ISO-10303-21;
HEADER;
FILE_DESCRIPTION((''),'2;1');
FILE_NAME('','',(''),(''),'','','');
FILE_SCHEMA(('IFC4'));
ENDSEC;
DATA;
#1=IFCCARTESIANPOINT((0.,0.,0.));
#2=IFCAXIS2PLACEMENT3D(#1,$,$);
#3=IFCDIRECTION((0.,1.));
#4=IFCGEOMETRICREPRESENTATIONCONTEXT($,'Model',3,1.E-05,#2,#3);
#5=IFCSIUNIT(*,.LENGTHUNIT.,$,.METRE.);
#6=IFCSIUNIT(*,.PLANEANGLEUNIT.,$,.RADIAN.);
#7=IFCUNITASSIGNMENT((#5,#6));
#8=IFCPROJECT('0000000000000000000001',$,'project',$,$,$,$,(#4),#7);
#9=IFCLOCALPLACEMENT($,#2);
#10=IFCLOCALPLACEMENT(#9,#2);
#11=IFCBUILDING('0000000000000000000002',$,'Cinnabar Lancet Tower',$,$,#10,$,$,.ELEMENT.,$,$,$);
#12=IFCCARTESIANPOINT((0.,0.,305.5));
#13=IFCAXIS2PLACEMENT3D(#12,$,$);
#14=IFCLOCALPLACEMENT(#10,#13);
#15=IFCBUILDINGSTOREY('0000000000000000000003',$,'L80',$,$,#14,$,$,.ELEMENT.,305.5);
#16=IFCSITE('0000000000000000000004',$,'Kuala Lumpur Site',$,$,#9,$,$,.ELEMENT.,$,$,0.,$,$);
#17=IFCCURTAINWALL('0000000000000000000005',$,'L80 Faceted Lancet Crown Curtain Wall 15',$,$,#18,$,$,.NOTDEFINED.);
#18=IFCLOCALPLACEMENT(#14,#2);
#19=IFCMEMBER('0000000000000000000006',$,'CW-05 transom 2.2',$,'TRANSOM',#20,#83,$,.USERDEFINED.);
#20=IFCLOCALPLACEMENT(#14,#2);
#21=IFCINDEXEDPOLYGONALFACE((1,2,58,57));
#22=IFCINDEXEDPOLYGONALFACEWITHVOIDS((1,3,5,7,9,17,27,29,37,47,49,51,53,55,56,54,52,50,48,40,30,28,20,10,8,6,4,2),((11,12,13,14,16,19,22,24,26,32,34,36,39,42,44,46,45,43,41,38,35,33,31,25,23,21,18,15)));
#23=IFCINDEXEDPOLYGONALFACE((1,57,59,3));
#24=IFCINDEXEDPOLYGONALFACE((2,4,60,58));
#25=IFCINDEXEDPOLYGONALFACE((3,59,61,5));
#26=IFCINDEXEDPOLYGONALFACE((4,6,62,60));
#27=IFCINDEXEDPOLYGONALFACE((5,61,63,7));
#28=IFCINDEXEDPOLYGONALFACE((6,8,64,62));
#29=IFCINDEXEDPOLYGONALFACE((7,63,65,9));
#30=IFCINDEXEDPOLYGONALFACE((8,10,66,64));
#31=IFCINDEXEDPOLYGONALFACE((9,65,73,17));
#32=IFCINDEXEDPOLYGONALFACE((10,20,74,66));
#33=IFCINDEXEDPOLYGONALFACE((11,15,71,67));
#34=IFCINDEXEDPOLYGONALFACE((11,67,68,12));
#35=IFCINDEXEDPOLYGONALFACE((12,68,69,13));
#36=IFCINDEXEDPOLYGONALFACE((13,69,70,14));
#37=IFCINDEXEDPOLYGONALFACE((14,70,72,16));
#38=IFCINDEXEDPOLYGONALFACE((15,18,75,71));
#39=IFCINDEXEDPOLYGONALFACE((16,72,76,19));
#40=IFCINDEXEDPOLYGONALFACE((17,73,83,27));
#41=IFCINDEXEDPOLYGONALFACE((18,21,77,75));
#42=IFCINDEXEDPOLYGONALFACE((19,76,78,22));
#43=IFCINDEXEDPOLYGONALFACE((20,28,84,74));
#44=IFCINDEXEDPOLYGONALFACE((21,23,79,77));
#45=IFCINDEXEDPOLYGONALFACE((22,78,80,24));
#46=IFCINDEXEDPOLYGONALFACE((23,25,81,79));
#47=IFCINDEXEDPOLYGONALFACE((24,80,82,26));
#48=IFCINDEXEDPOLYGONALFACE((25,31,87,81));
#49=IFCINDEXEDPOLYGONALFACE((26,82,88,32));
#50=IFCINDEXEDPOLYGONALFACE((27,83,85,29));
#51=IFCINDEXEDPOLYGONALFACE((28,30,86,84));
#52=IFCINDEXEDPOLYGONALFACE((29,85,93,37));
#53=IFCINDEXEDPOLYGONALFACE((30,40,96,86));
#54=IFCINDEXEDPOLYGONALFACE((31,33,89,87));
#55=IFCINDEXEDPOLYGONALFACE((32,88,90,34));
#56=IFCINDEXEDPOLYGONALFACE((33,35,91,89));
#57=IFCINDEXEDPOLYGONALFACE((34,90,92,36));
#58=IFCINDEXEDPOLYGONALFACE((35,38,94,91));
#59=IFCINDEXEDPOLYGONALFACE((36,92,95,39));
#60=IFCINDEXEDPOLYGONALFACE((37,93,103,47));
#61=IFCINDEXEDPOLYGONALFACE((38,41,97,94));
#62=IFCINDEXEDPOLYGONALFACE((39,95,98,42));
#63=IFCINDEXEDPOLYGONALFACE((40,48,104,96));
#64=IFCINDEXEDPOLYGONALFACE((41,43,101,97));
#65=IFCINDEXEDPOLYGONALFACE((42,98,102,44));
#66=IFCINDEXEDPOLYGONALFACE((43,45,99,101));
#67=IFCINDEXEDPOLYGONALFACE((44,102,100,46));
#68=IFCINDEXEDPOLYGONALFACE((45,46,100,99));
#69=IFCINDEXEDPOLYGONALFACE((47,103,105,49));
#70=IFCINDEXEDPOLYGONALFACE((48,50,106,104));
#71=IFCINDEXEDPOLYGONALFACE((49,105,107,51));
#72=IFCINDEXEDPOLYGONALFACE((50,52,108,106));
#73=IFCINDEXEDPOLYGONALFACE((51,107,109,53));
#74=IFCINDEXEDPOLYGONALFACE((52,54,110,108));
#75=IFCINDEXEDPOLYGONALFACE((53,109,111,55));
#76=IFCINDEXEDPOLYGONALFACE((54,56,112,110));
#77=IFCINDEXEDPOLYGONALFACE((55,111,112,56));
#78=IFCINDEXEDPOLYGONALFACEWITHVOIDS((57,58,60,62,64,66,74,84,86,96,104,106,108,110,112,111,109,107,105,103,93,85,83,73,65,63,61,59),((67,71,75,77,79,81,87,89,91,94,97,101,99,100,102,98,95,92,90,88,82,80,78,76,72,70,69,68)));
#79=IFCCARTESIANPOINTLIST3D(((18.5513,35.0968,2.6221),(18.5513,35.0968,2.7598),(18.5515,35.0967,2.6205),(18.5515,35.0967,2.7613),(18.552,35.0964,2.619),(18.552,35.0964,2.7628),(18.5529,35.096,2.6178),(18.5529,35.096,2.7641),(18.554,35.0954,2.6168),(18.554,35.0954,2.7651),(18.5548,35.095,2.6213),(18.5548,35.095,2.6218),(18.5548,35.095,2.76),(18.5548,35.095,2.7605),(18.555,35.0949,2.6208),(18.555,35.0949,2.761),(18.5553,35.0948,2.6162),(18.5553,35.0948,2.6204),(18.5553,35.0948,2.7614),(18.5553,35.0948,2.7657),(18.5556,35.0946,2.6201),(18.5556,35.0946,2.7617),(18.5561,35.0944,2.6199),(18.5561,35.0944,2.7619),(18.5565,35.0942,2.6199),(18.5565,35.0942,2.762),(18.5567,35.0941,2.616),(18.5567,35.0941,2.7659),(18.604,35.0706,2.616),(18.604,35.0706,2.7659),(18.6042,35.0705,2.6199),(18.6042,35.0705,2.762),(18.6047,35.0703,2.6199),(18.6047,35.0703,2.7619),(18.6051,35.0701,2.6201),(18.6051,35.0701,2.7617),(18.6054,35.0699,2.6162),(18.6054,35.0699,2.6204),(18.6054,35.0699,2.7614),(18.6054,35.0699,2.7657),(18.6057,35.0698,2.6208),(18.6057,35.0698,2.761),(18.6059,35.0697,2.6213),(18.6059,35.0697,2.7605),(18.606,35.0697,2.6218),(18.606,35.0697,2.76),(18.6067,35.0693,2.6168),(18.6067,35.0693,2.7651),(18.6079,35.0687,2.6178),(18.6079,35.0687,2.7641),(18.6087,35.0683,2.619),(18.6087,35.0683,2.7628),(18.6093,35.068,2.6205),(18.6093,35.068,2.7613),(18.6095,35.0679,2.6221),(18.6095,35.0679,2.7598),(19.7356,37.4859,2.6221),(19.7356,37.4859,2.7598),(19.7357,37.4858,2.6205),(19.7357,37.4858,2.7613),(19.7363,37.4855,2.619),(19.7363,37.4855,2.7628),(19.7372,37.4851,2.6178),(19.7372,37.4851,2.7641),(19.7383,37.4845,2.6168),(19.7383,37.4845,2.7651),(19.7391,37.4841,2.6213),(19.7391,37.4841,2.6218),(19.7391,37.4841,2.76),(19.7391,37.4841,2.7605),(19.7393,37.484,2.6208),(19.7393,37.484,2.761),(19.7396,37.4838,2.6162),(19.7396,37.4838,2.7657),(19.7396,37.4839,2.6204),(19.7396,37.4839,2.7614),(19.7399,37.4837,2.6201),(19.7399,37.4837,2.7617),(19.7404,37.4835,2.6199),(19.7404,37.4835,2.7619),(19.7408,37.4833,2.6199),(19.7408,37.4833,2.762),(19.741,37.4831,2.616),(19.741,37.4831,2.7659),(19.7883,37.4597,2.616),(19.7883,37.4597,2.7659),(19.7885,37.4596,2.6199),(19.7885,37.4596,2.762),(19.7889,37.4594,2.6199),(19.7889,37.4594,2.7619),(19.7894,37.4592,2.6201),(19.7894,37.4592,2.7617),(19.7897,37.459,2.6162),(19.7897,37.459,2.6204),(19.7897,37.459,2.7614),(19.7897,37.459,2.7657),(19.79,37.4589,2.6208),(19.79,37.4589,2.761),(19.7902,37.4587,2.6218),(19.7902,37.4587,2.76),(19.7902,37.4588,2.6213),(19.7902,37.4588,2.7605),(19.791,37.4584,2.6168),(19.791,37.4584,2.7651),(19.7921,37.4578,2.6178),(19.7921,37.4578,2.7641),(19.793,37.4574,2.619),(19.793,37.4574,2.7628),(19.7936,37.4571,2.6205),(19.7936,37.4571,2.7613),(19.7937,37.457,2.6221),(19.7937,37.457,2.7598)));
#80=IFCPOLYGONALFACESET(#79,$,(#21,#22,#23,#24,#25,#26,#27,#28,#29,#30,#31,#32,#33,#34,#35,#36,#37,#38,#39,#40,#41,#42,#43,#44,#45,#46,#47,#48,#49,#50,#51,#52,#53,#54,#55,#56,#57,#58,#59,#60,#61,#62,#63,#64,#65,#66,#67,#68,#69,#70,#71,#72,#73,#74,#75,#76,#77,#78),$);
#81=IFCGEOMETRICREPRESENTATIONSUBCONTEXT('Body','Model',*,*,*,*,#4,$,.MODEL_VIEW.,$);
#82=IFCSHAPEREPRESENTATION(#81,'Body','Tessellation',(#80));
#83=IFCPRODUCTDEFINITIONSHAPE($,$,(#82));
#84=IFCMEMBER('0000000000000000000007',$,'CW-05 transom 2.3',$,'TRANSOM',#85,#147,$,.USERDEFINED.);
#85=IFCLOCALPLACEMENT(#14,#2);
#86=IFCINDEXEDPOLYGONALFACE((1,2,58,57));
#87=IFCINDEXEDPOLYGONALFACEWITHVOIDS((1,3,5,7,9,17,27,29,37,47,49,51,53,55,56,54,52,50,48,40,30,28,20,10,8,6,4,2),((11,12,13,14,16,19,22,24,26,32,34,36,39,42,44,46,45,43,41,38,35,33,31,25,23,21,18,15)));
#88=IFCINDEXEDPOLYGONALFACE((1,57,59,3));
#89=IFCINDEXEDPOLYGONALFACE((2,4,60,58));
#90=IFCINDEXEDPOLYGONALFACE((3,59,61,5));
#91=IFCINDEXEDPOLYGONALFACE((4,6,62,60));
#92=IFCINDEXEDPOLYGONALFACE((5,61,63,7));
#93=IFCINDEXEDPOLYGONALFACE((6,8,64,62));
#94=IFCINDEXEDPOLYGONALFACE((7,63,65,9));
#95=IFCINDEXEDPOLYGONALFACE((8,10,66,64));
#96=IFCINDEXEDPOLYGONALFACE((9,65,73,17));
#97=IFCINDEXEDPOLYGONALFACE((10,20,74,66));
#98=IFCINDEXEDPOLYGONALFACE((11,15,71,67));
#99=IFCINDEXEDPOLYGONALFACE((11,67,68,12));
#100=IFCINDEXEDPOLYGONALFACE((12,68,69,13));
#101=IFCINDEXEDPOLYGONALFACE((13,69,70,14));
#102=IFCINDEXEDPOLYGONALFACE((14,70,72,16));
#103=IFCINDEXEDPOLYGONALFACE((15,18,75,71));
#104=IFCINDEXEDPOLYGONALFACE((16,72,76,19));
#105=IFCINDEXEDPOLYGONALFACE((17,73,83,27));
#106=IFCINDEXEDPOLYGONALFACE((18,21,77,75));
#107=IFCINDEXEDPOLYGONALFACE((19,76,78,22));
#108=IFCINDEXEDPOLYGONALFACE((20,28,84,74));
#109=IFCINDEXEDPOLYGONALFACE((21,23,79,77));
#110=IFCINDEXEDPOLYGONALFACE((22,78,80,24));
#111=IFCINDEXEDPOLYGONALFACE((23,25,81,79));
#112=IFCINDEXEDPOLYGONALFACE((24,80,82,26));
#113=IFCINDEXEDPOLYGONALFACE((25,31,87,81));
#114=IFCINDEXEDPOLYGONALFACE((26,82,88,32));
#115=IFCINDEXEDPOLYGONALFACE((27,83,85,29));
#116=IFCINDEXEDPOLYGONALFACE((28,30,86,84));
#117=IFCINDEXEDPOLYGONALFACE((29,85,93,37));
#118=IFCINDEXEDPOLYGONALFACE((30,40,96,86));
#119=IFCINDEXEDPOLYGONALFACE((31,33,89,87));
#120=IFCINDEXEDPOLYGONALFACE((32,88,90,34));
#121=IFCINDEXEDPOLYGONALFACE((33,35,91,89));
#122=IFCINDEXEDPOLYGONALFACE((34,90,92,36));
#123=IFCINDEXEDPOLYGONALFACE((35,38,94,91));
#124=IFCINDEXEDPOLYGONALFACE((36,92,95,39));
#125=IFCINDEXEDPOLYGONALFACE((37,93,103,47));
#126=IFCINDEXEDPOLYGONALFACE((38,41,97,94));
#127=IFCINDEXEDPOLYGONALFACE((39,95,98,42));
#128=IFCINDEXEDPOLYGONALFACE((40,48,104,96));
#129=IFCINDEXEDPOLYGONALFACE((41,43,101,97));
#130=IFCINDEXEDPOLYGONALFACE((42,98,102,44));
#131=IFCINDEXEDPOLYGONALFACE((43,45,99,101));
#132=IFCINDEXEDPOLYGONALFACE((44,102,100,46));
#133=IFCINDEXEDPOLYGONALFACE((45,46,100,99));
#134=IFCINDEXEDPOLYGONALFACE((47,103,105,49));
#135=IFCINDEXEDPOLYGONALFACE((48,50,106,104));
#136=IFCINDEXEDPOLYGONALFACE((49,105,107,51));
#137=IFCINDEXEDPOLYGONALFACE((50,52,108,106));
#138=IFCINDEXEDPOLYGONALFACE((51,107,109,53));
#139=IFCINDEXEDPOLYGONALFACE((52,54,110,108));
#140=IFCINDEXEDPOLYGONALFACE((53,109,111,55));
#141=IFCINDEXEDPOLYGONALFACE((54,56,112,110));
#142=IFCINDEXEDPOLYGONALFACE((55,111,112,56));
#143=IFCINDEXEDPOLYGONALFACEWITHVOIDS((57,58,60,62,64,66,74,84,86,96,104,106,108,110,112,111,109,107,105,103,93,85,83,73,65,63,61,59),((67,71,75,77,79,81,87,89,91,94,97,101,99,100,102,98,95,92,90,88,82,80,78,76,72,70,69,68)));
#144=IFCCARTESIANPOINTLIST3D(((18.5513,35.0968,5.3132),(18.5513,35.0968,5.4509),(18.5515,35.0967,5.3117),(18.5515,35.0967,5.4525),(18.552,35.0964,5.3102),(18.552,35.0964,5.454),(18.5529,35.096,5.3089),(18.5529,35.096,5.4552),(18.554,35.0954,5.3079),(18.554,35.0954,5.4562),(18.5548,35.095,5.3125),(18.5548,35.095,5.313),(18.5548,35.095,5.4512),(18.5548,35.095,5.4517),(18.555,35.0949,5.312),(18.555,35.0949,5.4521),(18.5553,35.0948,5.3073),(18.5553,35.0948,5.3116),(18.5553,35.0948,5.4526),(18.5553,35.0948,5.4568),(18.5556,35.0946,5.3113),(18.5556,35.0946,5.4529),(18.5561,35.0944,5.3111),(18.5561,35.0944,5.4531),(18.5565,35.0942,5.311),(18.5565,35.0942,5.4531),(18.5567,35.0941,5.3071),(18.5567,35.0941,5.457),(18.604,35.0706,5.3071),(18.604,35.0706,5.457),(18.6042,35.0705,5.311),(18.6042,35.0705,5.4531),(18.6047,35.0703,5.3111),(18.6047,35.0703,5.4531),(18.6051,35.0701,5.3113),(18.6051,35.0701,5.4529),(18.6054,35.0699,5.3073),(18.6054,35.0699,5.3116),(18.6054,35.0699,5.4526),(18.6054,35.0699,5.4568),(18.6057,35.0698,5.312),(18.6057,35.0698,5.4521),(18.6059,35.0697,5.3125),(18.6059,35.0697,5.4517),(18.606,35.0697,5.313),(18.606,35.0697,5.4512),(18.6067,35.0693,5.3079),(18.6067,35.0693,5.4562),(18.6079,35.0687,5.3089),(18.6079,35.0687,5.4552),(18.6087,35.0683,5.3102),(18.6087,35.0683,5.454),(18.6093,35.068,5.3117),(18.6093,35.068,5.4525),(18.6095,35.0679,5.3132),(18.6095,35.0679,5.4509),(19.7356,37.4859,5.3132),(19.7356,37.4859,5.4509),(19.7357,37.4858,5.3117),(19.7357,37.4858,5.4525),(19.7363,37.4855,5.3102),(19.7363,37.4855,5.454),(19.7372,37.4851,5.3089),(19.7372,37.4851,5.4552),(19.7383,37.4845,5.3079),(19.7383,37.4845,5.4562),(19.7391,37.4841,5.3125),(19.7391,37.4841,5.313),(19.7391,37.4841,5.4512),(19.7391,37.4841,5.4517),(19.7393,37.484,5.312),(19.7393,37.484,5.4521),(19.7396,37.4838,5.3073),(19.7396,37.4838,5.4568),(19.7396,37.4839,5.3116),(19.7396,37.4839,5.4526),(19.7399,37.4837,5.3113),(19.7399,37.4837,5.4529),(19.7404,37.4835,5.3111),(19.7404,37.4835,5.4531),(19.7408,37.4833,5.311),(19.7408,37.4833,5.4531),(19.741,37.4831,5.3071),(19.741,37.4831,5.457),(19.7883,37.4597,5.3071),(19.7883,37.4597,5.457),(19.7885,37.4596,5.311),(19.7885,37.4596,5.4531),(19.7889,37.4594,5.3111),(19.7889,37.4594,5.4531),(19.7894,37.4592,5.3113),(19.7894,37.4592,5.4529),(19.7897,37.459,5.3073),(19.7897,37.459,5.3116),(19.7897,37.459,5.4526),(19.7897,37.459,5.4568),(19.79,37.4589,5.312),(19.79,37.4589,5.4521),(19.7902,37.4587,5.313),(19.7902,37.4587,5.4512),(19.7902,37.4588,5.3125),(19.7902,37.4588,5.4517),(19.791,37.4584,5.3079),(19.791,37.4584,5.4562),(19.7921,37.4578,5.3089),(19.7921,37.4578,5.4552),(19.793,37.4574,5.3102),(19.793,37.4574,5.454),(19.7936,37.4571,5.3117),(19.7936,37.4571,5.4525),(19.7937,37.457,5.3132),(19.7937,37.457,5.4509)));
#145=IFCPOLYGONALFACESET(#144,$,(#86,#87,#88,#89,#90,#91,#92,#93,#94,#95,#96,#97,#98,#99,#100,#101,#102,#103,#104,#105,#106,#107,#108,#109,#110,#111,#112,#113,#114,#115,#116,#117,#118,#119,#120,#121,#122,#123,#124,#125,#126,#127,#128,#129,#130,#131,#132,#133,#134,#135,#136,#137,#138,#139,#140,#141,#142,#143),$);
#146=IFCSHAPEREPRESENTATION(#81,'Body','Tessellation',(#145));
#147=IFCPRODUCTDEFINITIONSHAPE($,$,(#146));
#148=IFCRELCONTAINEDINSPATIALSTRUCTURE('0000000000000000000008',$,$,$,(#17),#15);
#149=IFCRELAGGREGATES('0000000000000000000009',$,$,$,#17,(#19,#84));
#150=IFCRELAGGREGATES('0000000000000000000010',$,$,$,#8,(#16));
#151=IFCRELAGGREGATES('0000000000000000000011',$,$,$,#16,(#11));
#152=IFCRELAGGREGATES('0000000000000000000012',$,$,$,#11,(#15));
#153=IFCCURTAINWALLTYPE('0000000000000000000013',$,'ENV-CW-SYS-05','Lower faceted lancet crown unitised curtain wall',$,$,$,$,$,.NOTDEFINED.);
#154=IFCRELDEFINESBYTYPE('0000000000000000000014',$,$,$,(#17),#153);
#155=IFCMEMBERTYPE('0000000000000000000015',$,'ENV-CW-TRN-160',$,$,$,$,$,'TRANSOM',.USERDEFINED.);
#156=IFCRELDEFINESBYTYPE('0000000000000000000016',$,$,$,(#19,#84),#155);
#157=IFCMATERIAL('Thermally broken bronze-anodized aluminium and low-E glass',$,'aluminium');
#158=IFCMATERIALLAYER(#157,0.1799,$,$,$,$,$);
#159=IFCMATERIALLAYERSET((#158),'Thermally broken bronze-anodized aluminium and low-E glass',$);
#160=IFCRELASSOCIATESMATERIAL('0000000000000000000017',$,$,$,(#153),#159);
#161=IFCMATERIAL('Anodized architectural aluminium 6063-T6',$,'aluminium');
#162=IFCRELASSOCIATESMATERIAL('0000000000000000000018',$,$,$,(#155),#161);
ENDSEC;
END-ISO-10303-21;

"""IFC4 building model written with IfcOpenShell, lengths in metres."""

from ifc_helpers import new_model, si_unit, direction, frame, origin, origin_2d, place, context, subcontext, project, spatial, hollow_rectangle, extrude, material, layer, layer_set, material_profile, profile_set, type_object, element, aggregate, save


model = new_model("IFC4")

# Units and contexts
model_context = context("Model", 3, precision=1e-05, world=origin(), true_north=direction((0.0, 1.0)))
body_context = subcontext(model_context, "Body", "Model", "MODEL_VIEW")
ifc_project = project(units=[si_unit("LENGTHUNIT", "METRE"), si_unit("PLANEANGLEUNIT", "RADIAN")], contexts=[model_context])

# Site, building, storey
site_placement = place(None, origin())
site = spatial("IfcSite", under=ifc_project, at=site_placement, Name="Kuala Lumpur Site", CompositionType="ELEMENT", RefElevation=0.0)
building_placement = place(site_placement, origin())
building = spatial("IfcBuilding", under=site, at=building_placement, Name="Cinnabar Lancet Tower", CompositionType="ELEMENT")
storey_placement = place(building_placement, frame((0.0, 0.0, 305.5)))
storey = spatial("IfcBuildingStorey", under=building, at=storey_placement, Name="L80", CompositionType="ELEMENT", Elevation=305.5)

# Curtain wall, members
ifc_material_1 = material(Name="Thermally broken bronze-anodized aluminium and low-E glass", Category="aluminium")
ifc_layer_1 = layer(ifc_material_1, 0.1799)
ifc_layer_set_1 = layer_set([ifc_layer_1], Name="Thermally broken bronze-anodized aluminium and low-E glass")
curtain_wall_type = type_object("IfcCurtainWallType", Name="ENV-CW-SYS-05", Description="Lower faceted lancet crown unitised curtain wall", PredefinedType="NOTDEFINED", material=ifc_layer_set_1)
curtain_wall_placement = place(storey_placement, origin())
curtain_wall = element("IfcCurtainWall", 1, at=curtain_wall_placement, inside=storey, type_object=curtain_wall_type, Name="L80 Faceted Lancet Crown Curtain Wall 15", PredefinedType="NOTDEFINED")
ifc_material_2 = material(Name="Anodized architectural aluminium 6063-T6", Category="aluminium")
ifc_material_profile_1 = material_profile(ifc_material_2, hollow_rectangle(XDim=0.0649, YDim=0.1499, WallThickness=0.0039, InnerFilletRadius=0.002, OuterFilletRadius=0.0061, at=origin_2d()), Name="CW-TRN 150x65x4")
ifc_profile_set_1 = profile_set([ifc_material_profile_1], Name="Anodized architectural aluminium 6063-T6")
member_type_1 = type_object("IfcMemberType", Name="ENV-CW-TRN-160", ElementType="TRANSOM", PredefinedType="USERDEFINED", material=ifc_profile_set_1)
member_1_placement = place(storey_placement, frame((19.7646, 37.4714, 2.6909), z_axis=(-0.444135, -0.89596, 0.0), x_axis=(0.89596, -0.444135, 0.0)))
member_1 = element("IfcMember", 2, at=member_1_placement, type_object=member_type_1, Name="CW-05 transom 2.2", ObjectType="TRANSOM", PredefinedType="USERDEFINED", context=body_context, shape_type="SweptSolid", body=[
    extrude(hollow_rectangle(XDim=0.0649, YDim=0.1499, WallThickness=0.0039, InnerFilletRadius=0.002, OuterFilletRadius=0.0061, at=origin_2d()), origin(), (0.0, 0.0, 1.0), 2.6665),
])
member_2_placement = place(storey_placement, frame((19.7646, 37.4714, 5.3821), z_axis=(-0.444135, -0.89596, 0.0), x_axis=(0.89596, -0.444135, 0.0)))
member_2 = element("IfcMember", 3, at=member_2_placement, type_object=member_type_1, Name="CW-05 transom 2.3", ObjectType="TRANSOM", PredefinedType="USERDEFINED", context=body_context, shape_type="SweptSolid", body=[
    extrude(hollow_rectangle(XDim=0.0649, YDim=0.1499, WallThickness=0.0039, InnerFilletRadius=0.002, OuterFilletRadius=0.0061, at=origin_2d()), origin(), (0.0, 0.0, 1.0), 2.6665),
])

aggregate(curtain_wall, [member_1, member_2])

save(model, "model.ifc")
